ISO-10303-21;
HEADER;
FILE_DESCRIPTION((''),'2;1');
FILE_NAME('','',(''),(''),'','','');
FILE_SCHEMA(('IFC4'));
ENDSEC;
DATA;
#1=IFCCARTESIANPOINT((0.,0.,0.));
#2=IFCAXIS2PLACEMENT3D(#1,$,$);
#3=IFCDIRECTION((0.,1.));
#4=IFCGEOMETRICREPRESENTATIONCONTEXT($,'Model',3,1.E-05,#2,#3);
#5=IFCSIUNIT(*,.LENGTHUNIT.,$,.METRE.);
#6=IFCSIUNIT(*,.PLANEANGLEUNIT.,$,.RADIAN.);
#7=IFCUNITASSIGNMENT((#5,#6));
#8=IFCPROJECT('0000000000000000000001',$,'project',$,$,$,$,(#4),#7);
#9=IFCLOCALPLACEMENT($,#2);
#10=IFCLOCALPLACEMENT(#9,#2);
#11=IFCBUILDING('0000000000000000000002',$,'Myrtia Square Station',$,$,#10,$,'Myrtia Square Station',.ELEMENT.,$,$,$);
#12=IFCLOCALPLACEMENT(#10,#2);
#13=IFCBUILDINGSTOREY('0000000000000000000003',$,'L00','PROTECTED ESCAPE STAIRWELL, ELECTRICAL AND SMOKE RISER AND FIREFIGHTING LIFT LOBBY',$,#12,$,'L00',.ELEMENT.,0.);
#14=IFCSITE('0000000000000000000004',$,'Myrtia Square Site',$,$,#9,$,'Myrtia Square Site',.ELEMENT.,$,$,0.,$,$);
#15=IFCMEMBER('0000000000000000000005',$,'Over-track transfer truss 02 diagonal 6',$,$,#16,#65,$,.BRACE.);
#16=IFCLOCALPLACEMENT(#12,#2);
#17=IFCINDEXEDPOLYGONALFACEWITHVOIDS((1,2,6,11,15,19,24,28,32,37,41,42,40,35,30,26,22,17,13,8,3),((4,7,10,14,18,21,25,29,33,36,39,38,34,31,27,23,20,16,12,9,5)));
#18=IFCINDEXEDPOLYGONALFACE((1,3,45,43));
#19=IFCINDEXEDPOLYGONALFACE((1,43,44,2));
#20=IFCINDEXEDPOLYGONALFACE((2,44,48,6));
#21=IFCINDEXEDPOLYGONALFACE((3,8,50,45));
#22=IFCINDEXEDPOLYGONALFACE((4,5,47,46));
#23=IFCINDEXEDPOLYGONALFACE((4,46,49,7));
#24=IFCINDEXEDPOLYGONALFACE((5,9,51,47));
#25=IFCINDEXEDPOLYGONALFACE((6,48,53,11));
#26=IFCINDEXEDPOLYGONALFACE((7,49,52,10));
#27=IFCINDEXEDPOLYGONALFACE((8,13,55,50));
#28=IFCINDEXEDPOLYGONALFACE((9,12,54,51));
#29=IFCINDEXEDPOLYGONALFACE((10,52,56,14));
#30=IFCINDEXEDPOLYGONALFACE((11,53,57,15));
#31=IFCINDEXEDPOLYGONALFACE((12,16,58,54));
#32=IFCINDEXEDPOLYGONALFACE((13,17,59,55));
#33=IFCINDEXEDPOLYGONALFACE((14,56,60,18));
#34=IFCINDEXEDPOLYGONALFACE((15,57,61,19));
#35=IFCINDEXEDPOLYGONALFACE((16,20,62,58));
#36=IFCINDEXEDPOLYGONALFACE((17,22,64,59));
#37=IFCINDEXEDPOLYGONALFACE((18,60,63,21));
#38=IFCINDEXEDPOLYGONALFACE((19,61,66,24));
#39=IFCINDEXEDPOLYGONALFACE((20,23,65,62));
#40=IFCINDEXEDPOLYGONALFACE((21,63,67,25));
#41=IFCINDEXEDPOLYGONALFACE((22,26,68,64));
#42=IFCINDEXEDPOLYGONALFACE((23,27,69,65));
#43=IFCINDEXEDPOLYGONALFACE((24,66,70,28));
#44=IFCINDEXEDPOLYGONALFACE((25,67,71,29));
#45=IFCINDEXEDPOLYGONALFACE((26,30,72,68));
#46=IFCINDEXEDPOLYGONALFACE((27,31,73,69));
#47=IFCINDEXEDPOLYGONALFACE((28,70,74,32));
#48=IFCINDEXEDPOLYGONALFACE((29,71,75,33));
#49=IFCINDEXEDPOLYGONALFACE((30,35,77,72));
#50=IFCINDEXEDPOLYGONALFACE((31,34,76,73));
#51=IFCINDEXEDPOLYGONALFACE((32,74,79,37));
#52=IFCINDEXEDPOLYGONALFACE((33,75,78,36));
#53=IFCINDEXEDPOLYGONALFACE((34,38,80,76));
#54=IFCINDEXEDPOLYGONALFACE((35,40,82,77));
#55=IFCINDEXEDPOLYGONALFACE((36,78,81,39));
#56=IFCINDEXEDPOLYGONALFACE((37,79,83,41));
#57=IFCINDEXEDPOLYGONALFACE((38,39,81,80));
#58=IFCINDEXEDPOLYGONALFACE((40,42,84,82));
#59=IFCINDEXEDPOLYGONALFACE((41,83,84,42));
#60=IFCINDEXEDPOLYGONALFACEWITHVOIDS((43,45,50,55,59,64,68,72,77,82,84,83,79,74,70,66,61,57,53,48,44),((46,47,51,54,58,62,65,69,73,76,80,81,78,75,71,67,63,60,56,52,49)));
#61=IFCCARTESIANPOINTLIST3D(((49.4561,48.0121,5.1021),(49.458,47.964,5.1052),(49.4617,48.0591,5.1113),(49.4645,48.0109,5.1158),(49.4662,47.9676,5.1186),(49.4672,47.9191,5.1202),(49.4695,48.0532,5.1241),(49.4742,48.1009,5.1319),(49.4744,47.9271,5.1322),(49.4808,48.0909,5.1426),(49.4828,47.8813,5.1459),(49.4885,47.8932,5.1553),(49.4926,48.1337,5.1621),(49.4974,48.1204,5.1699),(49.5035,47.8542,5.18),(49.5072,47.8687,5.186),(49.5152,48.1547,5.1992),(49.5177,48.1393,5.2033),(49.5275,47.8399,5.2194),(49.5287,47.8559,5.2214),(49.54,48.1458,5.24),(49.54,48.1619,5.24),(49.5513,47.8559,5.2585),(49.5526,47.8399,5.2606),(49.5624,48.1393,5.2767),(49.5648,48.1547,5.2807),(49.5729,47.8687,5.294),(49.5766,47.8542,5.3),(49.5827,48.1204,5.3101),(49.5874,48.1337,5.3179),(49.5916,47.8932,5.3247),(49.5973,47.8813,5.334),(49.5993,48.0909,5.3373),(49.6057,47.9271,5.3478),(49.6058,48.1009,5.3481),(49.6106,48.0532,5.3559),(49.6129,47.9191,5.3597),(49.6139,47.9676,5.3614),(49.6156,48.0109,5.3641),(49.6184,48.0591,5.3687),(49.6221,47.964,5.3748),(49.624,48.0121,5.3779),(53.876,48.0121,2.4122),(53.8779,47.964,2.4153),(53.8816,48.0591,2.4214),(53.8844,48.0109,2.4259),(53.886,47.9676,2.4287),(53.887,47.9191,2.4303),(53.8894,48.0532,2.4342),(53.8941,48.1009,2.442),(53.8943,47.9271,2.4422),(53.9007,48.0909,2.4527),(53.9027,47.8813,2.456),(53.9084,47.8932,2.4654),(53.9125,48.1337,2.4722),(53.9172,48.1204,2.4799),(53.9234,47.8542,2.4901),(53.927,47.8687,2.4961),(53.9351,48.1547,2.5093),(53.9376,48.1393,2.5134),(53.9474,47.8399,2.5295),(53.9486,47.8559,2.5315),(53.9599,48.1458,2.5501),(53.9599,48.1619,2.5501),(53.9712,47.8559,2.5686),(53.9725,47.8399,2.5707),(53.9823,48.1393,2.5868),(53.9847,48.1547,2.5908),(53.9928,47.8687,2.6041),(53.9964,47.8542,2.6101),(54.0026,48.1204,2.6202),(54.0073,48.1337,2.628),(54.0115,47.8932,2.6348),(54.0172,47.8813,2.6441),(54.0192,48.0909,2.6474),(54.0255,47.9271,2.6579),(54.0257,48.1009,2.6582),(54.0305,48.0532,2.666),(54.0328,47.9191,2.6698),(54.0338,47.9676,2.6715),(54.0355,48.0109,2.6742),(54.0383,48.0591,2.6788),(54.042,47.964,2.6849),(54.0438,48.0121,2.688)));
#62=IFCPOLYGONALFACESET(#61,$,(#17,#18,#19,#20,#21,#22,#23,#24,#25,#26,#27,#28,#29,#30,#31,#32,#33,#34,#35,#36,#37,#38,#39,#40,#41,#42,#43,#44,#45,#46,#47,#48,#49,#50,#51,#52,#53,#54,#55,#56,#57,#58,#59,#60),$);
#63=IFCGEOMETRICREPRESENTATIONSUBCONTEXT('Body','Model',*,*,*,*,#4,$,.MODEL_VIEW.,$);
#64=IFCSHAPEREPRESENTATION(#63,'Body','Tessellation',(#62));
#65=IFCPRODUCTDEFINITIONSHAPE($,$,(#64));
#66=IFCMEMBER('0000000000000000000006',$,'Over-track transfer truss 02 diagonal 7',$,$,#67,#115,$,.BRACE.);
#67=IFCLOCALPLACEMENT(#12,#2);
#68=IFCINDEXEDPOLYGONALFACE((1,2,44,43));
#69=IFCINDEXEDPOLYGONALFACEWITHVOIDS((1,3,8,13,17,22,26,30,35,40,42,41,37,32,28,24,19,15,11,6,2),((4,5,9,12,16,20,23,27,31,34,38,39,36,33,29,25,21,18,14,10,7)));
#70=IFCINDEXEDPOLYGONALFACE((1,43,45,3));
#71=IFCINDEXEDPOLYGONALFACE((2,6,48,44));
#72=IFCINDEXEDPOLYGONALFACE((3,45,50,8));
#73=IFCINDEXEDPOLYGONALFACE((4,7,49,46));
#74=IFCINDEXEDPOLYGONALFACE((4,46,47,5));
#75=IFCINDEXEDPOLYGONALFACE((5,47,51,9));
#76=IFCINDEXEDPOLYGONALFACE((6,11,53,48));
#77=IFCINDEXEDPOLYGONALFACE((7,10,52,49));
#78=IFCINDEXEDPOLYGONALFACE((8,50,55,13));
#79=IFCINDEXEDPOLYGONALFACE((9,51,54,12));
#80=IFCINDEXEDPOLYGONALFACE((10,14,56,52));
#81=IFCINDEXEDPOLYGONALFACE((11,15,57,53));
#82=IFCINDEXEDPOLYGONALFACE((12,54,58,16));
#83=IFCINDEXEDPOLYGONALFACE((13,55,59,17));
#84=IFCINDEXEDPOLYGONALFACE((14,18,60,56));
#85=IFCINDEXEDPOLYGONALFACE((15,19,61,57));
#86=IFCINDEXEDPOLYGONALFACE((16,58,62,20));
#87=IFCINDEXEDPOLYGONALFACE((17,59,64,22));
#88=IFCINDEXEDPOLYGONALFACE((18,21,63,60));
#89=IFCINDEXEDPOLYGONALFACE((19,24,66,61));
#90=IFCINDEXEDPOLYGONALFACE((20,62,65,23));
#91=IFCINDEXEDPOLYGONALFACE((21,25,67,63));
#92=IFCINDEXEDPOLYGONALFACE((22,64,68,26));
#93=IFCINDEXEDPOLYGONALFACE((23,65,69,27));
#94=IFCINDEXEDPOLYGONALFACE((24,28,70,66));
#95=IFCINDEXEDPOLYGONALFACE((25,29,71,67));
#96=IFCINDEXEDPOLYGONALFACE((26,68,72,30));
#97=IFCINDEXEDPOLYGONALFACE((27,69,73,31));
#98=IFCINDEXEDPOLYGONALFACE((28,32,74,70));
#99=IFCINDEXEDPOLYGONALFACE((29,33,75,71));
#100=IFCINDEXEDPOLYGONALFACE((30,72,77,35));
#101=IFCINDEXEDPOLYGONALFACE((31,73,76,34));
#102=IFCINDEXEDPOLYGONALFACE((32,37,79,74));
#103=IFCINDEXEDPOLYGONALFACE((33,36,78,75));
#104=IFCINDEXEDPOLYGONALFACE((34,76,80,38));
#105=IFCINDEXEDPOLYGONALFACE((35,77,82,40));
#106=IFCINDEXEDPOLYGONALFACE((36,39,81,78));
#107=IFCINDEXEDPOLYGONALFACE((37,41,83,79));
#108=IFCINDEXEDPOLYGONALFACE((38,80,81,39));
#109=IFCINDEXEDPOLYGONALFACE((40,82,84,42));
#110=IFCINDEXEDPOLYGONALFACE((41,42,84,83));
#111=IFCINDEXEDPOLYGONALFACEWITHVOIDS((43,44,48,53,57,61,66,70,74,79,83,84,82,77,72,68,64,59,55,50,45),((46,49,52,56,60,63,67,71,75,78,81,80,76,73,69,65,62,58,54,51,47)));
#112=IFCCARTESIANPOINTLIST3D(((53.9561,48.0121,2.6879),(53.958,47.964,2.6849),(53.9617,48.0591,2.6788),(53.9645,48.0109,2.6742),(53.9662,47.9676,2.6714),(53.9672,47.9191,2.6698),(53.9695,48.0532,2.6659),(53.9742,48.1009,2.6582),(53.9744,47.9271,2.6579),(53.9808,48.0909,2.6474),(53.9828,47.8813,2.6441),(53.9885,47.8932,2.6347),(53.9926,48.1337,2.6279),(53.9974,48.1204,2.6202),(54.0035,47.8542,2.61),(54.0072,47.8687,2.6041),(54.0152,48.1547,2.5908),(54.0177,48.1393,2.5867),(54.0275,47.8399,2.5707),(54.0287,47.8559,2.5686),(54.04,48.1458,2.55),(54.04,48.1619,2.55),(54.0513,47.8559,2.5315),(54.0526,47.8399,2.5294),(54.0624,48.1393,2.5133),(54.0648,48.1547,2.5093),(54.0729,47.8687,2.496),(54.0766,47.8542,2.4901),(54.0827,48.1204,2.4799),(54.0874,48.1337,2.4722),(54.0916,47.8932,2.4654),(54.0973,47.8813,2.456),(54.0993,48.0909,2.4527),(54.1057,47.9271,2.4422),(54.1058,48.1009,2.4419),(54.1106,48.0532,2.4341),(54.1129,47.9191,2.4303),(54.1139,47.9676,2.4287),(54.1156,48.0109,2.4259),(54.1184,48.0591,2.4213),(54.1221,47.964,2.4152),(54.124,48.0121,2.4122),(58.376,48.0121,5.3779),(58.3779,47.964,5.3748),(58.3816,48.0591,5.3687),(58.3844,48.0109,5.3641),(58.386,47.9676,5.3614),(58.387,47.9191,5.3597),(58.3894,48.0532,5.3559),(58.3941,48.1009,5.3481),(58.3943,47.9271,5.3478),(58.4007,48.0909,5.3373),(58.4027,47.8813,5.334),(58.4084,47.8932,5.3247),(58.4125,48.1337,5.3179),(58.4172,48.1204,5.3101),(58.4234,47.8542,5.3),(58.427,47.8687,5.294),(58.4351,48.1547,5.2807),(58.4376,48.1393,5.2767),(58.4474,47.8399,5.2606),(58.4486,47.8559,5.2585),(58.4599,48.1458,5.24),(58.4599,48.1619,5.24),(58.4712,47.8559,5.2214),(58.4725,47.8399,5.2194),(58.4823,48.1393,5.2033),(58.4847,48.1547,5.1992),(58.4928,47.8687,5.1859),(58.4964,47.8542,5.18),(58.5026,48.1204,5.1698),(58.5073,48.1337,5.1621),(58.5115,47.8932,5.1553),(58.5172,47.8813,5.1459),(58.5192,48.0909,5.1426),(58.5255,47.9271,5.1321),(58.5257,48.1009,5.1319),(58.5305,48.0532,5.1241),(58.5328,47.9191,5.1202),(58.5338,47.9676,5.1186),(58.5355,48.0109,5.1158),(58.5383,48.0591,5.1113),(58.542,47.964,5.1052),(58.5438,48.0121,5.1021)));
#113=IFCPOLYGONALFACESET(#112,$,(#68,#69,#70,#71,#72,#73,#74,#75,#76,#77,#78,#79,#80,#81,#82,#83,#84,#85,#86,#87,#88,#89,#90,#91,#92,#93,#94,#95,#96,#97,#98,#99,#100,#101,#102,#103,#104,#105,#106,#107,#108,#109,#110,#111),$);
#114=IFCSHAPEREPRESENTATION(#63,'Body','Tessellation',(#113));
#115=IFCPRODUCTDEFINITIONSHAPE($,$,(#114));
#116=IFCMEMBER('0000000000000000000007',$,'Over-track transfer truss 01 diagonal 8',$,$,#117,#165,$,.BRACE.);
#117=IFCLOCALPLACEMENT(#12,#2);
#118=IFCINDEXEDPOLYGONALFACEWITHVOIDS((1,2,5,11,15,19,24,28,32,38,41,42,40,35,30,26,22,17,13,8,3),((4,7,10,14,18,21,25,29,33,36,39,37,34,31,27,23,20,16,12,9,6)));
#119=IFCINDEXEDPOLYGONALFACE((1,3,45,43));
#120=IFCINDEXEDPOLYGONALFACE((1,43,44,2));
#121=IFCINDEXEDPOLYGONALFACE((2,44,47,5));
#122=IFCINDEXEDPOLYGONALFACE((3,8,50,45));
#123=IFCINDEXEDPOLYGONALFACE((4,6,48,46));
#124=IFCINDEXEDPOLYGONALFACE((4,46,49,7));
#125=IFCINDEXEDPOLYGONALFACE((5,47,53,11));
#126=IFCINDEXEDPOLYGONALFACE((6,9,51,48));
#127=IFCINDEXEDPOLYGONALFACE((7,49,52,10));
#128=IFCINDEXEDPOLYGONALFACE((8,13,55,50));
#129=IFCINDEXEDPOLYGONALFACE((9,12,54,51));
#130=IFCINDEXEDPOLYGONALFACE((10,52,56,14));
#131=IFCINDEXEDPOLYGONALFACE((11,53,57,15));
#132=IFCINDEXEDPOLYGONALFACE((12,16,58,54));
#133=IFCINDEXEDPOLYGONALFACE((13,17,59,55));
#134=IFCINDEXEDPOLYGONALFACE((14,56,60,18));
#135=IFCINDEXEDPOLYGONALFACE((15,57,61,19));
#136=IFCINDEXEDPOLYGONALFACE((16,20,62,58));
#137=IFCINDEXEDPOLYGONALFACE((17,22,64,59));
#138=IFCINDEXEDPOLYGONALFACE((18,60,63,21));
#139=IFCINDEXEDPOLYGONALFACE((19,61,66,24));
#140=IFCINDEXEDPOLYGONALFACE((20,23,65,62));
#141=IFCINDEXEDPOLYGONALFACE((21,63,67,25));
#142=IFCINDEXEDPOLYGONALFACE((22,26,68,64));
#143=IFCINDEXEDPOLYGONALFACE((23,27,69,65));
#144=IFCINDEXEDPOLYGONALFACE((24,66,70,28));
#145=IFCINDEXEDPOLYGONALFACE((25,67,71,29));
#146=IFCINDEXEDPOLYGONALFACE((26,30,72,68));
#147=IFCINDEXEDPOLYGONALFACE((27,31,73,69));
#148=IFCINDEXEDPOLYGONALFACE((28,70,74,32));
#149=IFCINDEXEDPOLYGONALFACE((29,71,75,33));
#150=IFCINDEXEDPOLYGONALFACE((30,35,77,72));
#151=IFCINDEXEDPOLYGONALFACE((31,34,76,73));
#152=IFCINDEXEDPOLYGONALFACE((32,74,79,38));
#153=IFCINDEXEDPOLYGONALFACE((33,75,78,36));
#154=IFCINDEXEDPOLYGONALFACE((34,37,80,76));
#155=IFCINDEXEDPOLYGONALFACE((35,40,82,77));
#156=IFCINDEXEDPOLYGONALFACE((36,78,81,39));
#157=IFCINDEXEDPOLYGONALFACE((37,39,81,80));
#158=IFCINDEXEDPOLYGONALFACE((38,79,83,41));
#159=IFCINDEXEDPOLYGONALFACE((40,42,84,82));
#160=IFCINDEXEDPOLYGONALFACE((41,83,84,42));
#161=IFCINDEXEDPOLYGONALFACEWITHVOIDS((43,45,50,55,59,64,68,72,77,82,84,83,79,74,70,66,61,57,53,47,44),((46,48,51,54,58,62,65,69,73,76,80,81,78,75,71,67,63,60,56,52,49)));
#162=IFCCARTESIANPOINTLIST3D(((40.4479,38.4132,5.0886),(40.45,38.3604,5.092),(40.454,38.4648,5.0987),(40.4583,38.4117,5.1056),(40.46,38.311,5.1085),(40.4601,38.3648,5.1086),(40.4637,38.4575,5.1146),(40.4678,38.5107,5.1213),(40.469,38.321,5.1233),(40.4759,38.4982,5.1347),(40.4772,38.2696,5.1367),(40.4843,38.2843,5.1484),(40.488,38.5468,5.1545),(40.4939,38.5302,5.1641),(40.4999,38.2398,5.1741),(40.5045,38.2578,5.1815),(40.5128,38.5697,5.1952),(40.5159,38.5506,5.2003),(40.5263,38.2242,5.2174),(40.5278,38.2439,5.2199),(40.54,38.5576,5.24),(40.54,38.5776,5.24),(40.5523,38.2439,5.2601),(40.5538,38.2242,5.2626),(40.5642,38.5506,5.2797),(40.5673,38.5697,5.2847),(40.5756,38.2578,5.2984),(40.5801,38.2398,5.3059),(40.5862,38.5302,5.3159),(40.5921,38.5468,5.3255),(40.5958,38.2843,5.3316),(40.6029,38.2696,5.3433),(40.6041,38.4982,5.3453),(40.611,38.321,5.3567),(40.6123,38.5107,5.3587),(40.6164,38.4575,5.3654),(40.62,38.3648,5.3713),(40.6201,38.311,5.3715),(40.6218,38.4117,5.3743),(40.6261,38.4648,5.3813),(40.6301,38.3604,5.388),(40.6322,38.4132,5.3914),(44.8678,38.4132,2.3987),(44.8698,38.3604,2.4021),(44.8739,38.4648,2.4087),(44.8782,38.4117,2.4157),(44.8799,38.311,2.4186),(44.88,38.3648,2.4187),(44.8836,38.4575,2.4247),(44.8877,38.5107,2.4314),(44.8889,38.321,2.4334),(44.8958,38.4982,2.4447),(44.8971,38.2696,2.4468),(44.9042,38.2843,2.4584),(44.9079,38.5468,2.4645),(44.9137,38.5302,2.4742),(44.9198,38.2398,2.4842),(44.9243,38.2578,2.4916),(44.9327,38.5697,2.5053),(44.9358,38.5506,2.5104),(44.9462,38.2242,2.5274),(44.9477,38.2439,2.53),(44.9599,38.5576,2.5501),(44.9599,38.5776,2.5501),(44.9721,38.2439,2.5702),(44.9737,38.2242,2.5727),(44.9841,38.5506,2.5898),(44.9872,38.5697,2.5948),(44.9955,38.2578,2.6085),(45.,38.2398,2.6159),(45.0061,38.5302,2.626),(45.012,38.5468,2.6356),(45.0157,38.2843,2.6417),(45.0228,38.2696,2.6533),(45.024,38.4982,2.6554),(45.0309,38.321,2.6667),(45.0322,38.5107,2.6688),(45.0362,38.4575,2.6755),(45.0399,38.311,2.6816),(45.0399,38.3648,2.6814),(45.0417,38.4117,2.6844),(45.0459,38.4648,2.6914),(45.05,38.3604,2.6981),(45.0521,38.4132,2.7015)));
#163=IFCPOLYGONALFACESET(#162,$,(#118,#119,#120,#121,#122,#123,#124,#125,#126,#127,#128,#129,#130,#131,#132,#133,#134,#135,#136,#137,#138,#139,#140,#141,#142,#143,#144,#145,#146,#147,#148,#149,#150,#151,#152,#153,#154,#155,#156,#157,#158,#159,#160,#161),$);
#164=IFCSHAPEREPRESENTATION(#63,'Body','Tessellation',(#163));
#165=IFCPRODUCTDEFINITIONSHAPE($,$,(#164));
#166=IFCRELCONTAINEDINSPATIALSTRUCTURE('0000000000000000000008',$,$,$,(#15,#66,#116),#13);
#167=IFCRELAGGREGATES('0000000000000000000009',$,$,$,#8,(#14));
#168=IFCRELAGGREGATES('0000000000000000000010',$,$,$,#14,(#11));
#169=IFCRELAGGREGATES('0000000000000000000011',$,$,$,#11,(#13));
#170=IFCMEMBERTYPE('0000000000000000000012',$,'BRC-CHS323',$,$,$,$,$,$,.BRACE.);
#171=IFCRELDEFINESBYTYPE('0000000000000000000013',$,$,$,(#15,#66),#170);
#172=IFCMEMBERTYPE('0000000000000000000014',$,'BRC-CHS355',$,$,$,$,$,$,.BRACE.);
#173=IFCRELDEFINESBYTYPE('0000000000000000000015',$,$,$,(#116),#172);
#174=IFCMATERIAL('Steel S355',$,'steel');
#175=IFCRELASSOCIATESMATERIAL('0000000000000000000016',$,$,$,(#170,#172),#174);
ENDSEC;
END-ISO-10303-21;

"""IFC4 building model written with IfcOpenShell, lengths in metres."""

from ifc_helpers import new_model, si_unit, direction, frame, origin, origin_2d, place, context, subcontext, project, spatial, hollow_circle, extrude, material, material_profile, profile_set, type_object, element, save


model = new_model("IFC4")

# Units and contexts
model_context = context("Model", 3, precision=1e-05, world=origin(), true_north=direction((0.0, 1.0)))
body_context = subcontext(model_context, "Body", "Model", "MODEL_VIEW")
ifc_project = project(units=[si_unit("LENGTHUNIT", "METRE"), si_unit("PLANEANGLEUNIT", "RADIAN")], contexts=[model_context])

# Site, building, storey
site_placement = place(None, origin())
site = spatial("IfcSite", under=ifc_project, at=site_placement, Name="Myrtia Square Site", LongName="Myrtia Square Site", CompositionType="ELEMENT", RefElevation=0.0)
building_placement = place(site_placement, origin())
building = spatial("IfcBuilding", under=site, at=building_placement, Name="Myrtia Square Station", LongName="Myrtia Square Station", CompositionType="ELEMENT")
storey_placement = place(building_placement, origin())
storey = spatial("IfcBuildingStorey", under=building, at=storey_placement, Name="L00", Description="PROTECTED ESCAPE STAIRWELL, ELECTRICAL AND SMOKE RISER AND FIREFIGHTING LIFT LOBBY", LongName="L00", CompositionType="ELEMENT", Elevation=0.0)

# Shared definitions
ifc_material_1 = material(Name="Steel S355", Category="steel")

# Members
ifc_material_profile_1 = material_profile(ifc_material_1, hollow_circle(Radius=0.1619, WallThickness=0.0161, at=origin_2d()), Name="CHS 323.9x16")
ifc_profile_set_1 = profile_set([ifc_material_profile_1], Name="Steel S355")
member_type_1 = type_object("IfcMemberType", Name="BRC-CHS323", PredefinedType="BRACE", material=ifc_profile_set_1)
for number, where, z_axis, x_axis, name in (
    (1, (49.54, 48.0, 5.24), (0.854237, 0.0, -0.519884), (0.0, 1.0, 0.0), "Over-track transfer truss 02 diagonal 6"),
    (2, (54.04, 48.0, 2.55), (0.854237, 0.0, 0.519884), (0.0, 1.0, 0.0), "Over-track transfer truss 02 diagonal 7"),
):
    element("IfcMember", number, at=place(storey_placement, frame(where, z_axis=z_axis, x_axis=x_axis)), inside=storey, type_object=member_type_1, Name=name, PredefinedType="BRACE", context=body_context, shape_type="SweptSolid", body=[
        extrude(hollow_circle(Radius=0.1619, WallThickness=0.0161, at=origin_2d()), origin(), (0.0, 0.0, 1.0), 5.1741),
    ])
ifc_material_profile_2 = material_profile(ifc_material_1, hollow_circle(Radius=0.1777, WallThickness=0.02, at=origin_2d()), Name="CHS 355.6x20")
ifc_profile_set_2 = profile_set([ifc_material_profile_2], Name="Steel S355")
member_type_2 = type_object("IfcMemberType", Name="BRC-CHS355", PredefinedType="BRACE", material=ifc_profile_set_2)
for number, where, z_axis, x_axis, name in (
    (3, (40.54, 38.3999, 5.24), (0.854237, 0.0, -0.519884), (0.0, 1.0, 0.0), "Over-track transfer truss 01 diagonal 8"),
):
    element("IfcMember", number, at=place(storey_placement, frame(where, z_axis=z_axis, x_axis=x_axis)), inside=storey, type_object=member_type_2, Name=name, PredefinedType="BRACE", context=body_context, shape_type="SweptSolid", body=[
        extrude(hollow_circle(Radius=0.1777, WallThickness=0.02, at=origin_2d()), origin(), (0.0, 0.0, 1.0), 5.1741),
    ])

save(model, "model.ifc")
